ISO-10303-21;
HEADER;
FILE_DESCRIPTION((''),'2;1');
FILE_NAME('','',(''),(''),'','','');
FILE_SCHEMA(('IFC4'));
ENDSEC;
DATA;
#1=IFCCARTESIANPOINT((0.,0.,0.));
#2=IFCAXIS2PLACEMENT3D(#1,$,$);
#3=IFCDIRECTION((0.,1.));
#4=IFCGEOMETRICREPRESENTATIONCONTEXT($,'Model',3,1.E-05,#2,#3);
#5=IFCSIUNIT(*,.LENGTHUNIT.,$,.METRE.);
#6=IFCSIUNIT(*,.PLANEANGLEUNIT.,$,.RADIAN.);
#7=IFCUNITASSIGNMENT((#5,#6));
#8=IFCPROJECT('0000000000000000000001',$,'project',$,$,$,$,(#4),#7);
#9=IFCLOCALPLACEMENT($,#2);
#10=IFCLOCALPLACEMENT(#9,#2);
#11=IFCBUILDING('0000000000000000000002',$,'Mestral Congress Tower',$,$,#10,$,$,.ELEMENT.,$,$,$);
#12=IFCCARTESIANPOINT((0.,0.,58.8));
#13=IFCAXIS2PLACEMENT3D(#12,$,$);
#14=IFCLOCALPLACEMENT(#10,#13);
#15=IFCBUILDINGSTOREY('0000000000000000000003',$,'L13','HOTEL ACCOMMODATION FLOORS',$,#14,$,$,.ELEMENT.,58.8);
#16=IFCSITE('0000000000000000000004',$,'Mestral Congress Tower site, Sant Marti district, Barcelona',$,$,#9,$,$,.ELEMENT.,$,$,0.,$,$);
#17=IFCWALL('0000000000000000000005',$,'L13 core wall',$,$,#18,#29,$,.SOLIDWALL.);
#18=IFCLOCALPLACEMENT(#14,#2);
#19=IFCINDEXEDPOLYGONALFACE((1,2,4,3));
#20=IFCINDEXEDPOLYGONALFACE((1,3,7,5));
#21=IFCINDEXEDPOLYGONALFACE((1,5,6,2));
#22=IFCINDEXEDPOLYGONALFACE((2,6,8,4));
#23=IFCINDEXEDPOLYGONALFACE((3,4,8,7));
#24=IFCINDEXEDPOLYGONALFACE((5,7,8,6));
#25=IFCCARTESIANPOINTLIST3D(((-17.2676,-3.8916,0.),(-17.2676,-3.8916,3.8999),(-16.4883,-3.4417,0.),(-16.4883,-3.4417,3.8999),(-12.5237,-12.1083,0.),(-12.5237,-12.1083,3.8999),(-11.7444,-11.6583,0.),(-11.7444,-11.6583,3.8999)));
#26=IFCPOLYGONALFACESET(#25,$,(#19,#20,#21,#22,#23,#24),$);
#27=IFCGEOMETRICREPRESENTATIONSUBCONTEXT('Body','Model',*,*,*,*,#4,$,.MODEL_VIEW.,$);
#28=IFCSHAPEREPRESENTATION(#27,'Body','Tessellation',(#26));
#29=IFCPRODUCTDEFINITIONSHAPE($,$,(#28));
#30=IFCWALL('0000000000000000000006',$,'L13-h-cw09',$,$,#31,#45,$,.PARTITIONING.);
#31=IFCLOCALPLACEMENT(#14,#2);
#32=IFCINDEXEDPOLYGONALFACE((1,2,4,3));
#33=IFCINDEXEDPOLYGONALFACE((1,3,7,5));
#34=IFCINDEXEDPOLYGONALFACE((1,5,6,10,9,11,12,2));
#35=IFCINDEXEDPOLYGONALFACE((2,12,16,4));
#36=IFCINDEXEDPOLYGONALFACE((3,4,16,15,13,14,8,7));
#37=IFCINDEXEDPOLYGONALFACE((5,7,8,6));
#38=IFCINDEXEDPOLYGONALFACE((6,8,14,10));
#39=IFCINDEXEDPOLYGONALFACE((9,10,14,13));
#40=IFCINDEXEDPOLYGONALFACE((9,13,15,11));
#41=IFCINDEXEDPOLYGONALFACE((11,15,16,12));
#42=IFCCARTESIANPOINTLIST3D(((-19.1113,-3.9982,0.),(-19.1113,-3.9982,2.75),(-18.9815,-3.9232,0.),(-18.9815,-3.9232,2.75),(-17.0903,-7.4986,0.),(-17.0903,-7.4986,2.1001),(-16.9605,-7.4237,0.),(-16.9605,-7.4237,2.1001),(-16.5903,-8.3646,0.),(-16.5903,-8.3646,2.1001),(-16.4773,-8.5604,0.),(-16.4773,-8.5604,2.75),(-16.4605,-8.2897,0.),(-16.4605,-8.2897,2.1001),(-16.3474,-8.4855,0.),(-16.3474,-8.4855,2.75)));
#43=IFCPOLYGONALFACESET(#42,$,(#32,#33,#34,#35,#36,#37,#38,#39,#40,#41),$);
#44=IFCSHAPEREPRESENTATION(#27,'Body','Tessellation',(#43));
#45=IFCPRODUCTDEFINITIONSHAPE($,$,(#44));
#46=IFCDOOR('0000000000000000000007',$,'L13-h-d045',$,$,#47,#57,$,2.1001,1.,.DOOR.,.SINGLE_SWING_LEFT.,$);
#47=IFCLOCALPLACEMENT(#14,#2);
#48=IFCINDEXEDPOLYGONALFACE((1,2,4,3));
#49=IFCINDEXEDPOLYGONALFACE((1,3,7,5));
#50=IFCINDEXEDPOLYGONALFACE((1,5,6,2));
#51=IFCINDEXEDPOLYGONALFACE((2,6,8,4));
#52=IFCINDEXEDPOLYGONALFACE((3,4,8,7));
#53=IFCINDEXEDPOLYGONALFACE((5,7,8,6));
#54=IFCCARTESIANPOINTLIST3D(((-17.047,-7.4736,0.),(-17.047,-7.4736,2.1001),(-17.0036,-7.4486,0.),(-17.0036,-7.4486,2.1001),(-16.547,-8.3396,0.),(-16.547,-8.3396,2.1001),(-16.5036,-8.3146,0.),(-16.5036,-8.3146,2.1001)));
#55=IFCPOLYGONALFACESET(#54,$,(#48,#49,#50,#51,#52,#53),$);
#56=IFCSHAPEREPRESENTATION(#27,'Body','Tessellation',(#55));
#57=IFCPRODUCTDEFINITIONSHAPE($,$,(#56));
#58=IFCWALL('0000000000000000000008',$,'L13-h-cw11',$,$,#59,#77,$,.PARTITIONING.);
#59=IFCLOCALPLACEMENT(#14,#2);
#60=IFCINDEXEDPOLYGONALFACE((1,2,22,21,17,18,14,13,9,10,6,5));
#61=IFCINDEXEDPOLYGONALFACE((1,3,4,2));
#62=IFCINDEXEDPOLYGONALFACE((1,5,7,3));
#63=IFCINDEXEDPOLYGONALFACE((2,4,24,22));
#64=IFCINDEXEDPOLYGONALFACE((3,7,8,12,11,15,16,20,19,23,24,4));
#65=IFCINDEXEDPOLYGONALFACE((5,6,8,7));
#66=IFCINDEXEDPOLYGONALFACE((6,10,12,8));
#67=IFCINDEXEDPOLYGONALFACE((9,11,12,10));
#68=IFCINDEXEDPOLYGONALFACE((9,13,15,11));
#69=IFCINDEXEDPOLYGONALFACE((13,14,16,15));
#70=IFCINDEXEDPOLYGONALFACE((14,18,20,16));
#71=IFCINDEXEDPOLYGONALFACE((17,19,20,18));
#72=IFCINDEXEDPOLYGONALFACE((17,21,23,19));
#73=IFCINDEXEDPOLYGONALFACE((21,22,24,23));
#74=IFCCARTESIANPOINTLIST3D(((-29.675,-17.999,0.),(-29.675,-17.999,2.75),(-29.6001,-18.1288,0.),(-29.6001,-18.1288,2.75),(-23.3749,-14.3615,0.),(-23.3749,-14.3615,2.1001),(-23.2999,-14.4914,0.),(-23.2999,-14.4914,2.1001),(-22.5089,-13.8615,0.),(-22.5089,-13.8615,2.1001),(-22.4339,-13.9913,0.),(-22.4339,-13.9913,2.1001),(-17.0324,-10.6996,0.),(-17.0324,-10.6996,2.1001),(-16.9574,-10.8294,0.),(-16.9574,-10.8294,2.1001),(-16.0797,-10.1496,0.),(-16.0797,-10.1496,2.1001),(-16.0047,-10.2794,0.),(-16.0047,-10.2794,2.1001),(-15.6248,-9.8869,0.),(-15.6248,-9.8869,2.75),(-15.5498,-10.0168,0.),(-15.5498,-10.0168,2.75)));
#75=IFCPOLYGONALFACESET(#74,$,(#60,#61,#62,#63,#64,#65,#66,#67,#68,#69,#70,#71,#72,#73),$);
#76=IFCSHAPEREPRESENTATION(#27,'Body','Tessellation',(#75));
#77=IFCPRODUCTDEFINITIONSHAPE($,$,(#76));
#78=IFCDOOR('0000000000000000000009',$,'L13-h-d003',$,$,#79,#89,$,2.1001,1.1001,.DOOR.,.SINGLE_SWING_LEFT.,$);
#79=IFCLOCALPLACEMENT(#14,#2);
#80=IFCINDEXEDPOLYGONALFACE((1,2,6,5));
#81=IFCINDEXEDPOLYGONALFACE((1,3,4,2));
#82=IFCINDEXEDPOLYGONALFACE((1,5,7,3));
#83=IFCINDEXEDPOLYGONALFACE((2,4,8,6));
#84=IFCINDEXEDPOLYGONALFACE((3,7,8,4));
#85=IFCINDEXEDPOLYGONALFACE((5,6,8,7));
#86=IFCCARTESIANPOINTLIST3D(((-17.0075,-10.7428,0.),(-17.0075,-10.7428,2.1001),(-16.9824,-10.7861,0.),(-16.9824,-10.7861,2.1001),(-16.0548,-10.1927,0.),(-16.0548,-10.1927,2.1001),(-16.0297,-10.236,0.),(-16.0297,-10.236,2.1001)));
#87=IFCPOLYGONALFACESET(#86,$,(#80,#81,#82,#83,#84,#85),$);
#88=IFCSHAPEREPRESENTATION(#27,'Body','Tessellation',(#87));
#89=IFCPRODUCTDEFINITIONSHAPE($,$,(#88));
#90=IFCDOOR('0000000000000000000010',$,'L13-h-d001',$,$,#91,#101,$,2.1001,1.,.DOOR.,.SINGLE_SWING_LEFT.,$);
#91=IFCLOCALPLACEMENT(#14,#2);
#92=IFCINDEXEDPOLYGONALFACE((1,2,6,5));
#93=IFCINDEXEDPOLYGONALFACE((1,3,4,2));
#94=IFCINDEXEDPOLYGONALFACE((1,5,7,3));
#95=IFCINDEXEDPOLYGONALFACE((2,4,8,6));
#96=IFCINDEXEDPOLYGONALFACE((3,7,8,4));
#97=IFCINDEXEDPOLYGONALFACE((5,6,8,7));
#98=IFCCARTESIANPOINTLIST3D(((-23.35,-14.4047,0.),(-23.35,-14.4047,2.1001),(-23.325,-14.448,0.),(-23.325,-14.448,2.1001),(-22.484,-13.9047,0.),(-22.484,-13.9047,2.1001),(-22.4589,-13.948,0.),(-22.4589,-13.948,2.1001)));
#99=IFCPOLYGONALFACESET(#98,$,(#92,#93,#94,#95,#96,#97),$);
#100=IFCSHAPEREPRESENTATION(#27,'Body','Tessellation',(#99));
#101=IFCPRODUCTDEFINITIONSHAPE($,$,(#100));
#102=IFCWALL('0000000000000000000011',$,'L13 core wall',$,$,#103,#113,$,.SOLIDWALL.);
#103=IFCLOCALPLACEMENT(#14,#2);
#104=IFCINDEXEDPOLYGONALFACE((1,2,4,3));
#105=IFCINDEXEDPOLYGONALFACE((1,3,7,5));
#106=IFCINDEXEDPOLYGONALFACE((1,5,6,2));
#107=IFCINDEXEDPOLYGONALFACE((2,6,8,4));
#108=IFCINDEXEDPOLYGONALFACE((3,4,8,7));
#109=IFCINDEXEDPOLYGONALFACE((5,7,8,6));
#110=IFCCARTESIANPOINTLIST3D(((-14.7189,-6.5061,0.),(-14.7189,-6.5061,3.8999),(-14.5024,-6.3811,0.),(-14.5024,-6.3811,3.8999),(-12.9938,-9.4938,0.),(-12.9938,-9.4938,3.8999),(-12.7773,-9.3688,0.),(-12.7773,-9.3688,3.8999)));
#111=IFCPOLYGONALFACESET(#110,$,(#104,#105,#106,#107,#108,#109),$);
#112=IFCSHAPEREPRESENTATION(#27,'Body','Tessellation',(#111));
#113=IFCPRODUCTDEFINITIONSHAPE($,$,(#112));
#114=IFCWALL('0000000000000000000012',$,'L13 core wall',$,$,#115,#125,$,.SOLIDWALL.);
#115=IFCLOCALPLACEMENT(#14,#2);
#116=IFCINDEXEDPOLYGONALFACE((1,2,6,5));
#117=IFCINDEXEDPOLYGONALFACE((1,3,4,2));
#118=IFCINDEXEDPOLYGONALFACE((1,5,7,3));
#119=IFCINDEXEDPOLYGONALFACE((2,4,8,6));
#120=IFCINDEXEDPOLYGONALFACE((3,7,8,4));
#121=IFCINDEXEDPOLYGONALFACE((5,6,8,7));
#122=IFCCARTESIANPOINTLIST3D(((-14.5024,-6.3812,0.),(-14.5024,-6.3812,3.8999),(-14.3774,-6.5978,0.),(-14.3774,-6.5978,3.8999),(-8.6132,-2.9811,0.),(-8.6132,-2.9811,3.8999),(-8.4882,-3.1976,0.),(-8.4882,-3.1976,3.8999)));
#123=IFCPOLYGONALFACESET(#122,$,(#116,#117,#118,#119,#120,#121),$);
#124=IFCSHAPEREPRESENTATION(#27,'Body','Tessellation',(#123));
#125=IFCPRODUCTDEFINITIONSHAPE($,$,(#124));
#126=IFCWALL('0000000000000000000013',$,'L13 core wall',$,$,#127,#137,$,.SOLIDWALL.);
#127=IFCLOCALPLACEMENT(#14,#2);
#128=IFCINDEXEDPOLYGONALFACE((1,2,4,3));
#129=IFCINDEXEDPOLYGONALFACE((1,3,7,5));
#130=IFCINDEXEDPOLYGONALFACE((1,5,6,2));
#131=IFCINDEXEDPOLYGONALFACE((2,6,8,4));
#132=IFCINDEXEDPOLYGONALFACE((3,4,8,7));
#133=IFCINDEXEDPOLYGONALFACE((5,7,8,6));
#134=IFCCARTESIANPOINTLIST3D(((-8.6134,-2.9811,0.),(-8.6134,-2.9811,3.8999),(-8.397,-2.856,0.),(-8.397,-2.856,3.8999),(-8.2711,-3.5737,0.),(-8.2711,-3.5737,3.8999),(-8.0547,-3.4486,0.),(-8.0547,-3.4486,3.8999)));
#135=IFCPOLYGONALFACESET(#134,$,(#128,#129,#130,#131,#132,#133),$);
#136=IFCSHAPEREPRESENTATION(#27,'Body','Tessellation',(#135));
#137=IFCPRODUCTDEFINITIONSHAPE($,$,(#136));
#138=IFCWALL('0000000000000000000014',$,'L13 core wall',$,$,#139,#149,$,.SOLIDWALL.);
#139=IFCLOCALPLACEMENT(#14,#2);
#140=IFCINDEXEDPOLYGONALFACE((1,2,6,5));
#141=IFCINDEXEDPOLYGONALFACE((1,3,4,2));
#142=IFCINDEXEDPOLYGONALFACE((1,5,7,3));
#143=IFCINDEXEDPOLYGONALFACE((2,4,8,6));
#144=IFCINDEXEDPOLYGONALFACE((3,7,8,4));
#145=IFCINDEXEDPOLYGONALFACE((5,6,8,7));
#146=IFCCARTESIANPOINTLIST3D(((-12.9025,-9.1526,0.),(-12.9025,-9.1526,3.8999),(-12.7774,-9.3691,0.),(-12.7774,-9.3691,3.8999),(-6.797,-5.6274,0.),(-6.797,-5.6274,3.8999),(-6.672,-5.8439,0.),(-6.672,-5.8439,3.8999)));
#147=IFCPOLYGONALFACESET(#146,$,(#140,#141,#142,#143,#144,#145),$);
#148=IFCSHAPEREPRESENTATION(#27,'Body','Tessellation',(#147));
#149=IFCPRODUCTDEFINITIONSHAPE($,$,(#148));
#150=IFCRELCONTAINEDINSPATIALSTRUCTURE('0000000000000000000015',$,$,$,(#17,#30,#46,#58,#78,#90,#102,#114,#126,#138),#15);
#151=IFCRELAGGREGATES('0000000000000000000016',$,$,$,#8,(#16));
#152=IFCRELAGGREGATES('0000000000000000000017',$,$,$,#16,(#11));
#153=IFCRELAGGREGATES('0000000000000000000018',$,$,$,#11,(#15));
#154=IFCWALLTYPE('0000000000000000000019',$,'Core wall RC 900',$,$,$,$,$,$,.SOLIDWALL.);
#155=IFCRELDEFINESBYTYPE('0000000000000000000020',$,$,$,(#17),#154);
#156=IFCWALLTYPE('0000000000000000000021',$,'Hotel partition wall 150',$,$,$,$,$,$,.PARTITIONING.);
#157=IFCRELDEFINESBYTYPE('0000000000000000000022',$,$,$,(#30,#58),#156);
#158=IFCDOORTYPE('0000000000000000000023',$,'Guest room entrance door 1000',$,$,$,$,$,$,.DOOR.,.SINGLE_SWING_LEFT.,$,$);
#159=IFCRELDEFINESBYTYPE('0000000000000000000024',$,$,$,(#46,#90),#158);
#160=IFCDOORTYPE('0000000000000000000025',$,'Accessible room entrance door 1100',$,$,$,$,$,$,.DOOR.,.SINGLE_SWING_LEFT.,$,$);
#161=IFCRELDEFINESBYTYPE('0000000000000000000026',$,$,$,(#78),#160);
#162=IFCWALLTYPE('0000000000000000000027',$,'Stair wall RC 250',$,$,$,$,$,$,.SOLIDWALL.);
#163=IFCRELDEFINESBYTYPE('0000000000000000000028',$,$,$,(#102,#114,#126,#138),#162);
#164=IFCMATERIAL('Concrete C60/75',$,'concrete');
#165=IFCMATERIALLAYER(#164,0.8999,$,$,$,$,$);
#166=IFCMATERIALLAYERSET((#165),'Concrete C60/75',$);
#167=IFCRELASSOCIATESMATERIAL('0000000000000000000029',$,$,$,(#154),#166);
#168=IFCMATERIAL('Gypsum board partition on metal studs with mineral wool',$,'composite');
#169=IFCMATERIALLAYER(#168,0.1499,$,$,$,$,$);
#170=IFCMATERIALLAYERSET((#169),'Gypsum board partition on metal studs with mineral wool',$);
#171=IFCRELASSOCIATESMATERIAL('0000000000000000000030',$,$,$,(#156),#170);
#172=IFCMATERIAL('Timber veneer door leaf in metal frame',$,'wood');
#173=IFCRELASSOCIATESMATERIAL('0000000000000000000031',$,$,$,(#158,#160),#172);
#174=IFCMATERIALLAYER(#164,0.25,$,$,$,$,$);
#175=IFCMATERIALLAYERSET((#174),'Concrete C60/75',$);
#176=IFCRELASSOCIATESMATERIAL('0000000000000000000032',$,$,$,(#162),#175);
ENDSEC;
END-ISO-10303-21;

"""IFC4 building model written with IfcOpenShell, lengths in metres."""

from ifc_helpers import new_model, si_unit, direction, frame, frame_2d, origin, place, context, subcontext, project, spatial, rectangle, extrude, material, layer, layer_set, type_object, element, fill, save


model = new_model("IFC4")

# Units and contexts
model_context = context("Model", 3, precision=1e-05, world=origin(), true_north=direction((0.0, 1.0)))
body_context = subcontext(model_context, "Body", "Model", "MODEL_VIEW")
ifc_project = project(units=[si_unit("LENGTHUNIT", "METRE"), si_unit("PLANEANGLEUNIT", "RADIAN")], contexts=[model_context])

# Site, building, storey
site_placement = place(None, origin())
site = spatial("IfcSite", under=ifc_project, at=site_placement, Name="Mestral Congress Tower site, Sant Marti district, Barcelona", CompositionType="ELEMENT", RefElevation=0.0)
building_placement = place(site_placement, origin())
building = spatial("IfcBuilding", under=site, at=building_placement, Name="Mestral Congress Tower", CompositionType="ELEMENT")
storey_placement = place(building_placement, frame((0.0, 0.0, 58.8)))
storey = spatial("IfcBuildingStorey", under=building, at=storey_placement, Name="L13", Description="HOTEL ACCOMMODATION FLOORS", CompositionType="ELEMENT", Elevation=58.8)

# Wall
ifc_material_1 = material(Name="Concrete C60/75", Category="concrete")
ifc_layer_1 = layer(ifc_material_1, 0.8999)
ifc_layer_set_1 = layer_set([ifc_layer_1], Name="Concrete C60/75")
wall_type_1 = type_object("IfcWallType", Name="Core wall RC 900", PredefinedType="SOLIDWALL", material=ifc_layer_set_1)
wall_1_placement = place(storey_placement, frame((-12.134, -11.8833, 0.0), z_axis=(0.0, 0.0, 1.0), x_axis=(-0.500005, 0.866022, 0.0)))
element("IfcWall", 1, at=wall_1_placement, inside=storey, type_object=wall_type_1, Name="L13 core wall", PredefinedType="SOLIDWALL", context=body_context, shape_type="SweptSolid", body=[
    extrude(rectangle(XDim=9.4878, YDim=0.8999, at=frame_2d((4.7439, 0.0))), origin(), (0.0, 0.0, 1.0), 3.8999),
])

# Wall, opening, door
ifc_material_2 = material(Name="Gypsum board partition on metal studs with mineral wool", Category="composite")
ifc_layer_2 = layer(ifc_material_2, 0.1499)
ifc_layer_set_2 = layer_set([ifc_layer_2], Name="Gypsum board partition on metal studs with mineral wool")
wall_type_2 = type_object("IfcWallType", Name="Hotel partition wall 150", PredefinedType="PARTITIONING", material=ifc_layer_set_2)
wall_2_placement = place(storey_placement, frame((-16.4124, -8.5229, 0.0), z_axis=(0.0, 0.0, 1.0), x_axis=(-0.500002, 0.866024, 0.0)))
wall_2 = element("IfcWall", 2, at=wall_2_placement, inside=storey, type_object=wall_type_2, Name="L13-h-cw09", PredefinedType="PARTITIONING", context=body_context, shape_type="SweptSolid", body=[
    extrude(rectangle(XDim=5.2681, YDim=0.1499, at=frame_2d((2.634, 0.0))), origin(), (0.0, 0.0, 1.0), 2.75),
])
opening_1_placement = place(wall_2_placement, frame((0.2261, 0.0, 0.0)))
opening_1 = element("IfcOpeningElement", 3, at=opening_1_placement, cuts=wall_2, PredefinedType="OPENING", context=body_context, shape_type="SweptSolid", body=[
    extrude(rectangle(XDim=1.0, YDim=2.1001, at=frame_2d((0.5, 1.05))), frame((0.0, 0.085, 0.0), z_axis=(0.0, -1.0, 0.0), x_axis=(1.0, 0.0, 0.0)), (0.0, 0.0, 1.0), 0.1699),
])
ifc_material_3 = material(Name="Timber veneer door leaf in metal frame", Category="wood")
door_type_1 = type_object("IfcDoorType", Name="Guest room entrance door 1000", OperationType="SINGLE_SWING_LEFT", PredefinedType="DOOR", material=ifc_material_3)
door_1_placement = place(opening_1_placement, origin())
door_1 = element("IfcDoor", 4, at=door_1_placement, inside=storey, type_object=door_type_1, Name="L13-h-d045", OperationType="SINGLE_SWING_LEFT", OverallHeight=2.1001, OverallWidth=1.0, PredefinedType="DOOR", context=body_context, shape_type="SweptSolid", body=[
    extrude(rectangle(XDim=1.0, YDim=2.1001, at=frame_2d((0.5, 1.05))), frame((0.0, 0.0249, 0.0), z_axis=(0.0, -1.0, 0.0), x_axis=(1.0, 0.0, 0.0)), (0.0, 0.0, 1.0), 0.05),
])
fill(opening_1, door_1)

# Wall, openings, doors
wall_3_placement = place(storey_placement, frame((-15.5874, -9.9519, 0.0), z_axis=(0.0, 0.0, 1.0), x_axis=(-0.866022, -0.500006, 0.0)))
wall_3 = element("IfcWall", 5, at=wall_3_placement, inside=storey, type_object=wall_type_2, Name="L13-h-cw11", PredefinedType="PARTITIONING", context=body_context, shape_type="SweptSolid", body=[
    extrude(rectangle(XDim=16.2239, YDim=0.1499, at=frame_2d((8.1118, 0.0))), origin(), (0.0, 0.0, 1.0), 2.75),
])
opening_2_placement = place(wall_3_placement, frame((7.949, 0.0, 0.0)))
opening_2 = element("IfcOpeningElement", 6, at=opening_2_placement, cuts=wall_3, PredefinedType="OPENING", context=body_context, shape_type="SweptSolid", body=[
    extrude(rectangle(XDim=1.0, YDim=2.1001, at=frame_2d((0.5, 1.05))), frame((0.0, 0.085, 0.0), z_axis=(0.0, -1.0, 0.0), x_axis=(1.0, 0.0, 0.0)), (0.0, 0.0, 1.0), 0.1699),
])
opening_3_placement = place(wall_3_placement, frame((0.5251, 0.0, 0.0)))
opening_3 = element("IfcOpeningElement", 7, at=opening_3_placement, cuts=wall_3, PredefinedType="OPENING", context=body_context, shape_type="SweptSolid", body=[
    extrude(rectangle(XDim=1.1001, YDim=2.1001, at=frame_2d((0.55, 1.05))), frame((0.0, 0.085, 0.0), z_axis=(0.0, -1.0, 0.0), x_axis=(1.0, 0.0, 0.0)), (0.0, 0.0, 1.0), 0.1699),
])
door_type_2 = type_object("IfcDoorType", Name="Accessible room entrance door 1100", OperationType="SINGLE_SWING_LEFT", PredefinedType="DOOR", material=ifc_material_3)
door_2_placement = place(opening_3_placement, origin())
door_2 = element("IfcDoor", 8, at=door_2_placement, inside=storey, type_object=door_type_2, Name="L13-h-d003", OperationType="SINGLE_SWING_LEFT", OverallHeight=2.1001, OverallWidth=1.1001, PredefinedType="DOOR", context=body_context, shape_type="SweptSolid", body=[
    extrude(rectangle(XDim=1.1001, YDim=2.1001, at=frame_2d((0.55, 1.05))), frame((0.0, 0.0249, 0.0), z_axis=(0.0, -1.0, 0.0), x_axis=(1.0, 0.0, 0.0)), (0.0, 0.0, 1.0), 0.05),
])
fill(opening_3, door_2)
door_3_placement = place(opening_2_placement, origin())
door_3 = element("IfcDoor", 9, at=door_3_placement, inside=storey, type_object=door_type_1, Name="L13-h-d001", OperationType="SINGLE_SWING_LEFT", OverallHeight=2.1001, OverallWidth=1.0, PredefinedType="DOOR", context=body_context, shape_type="SweptSolid", body=[
    extrude(rectangle(XDim=1.0, YDim=2.1001, at=frame_2d((0.5, 1.05))), frame((0.0, 0.0249, 0.0), z_axis=(0.0, -1.0, 0.0), x_axis=(1.0, 0.0, 0.0)), (0.0, 0.0, 1.0), 0.05),
])
fill(opening_2, door_3)

# Walls
ifc_layer_3 = layer(ifc_material_1, 0.25)
ifc_layer_set_3 = layer_set([ifc_layer_3], Name="Concrete C60/75")
wall_type_3 = type_object("IfcWallType", Name="Stair wall RC 250", PredefinedType="SOLIDWALL", material=ifc_layer_set_3)
wall_4_placement = place(storey_placement, frame((-12.8855, -9.4314, 0.0), z_axis=(0.0, 0.0, 1.0), x_axis=(-0.500021, 0.866014, 0.0)))
element("IfcWall", 10, at=wall_4_placement, inside=storey, type_object=wall_type_3, Name="L13 core wall", PredefinedType="SOLIDWALL", context=body_context, shape_type="SweptSolid", body=[
    extrude(rectangle(XDim=3.45, YDim=0.25, at=frame_2d((1.7251, 0.0))), origin(), (0.0, 0.0, 1.0), 3.8999),
])
wall_5_placement = place(storey_placement, frame((-14.4399, -6.4895, 0.0), z_axis=(0.0, 0.0, 1.0), x_axis=(0.866023, 0.500004, 0.0)))
element("IfcWall", 11, at=wall_5_placement, inside=storey, type_object=wall_type_3, Name="L13 core wall", PredefinedType="SOLIDWALL", context=body_context, shape_type="SweptSolid", body=[
    extrude(rectangle(XDim=6.8003, YDim=0.25, at=frame_2d((3.4001, 0.0))), origin(), (0.0, 0.0, 1.0), 3.8999),
])
wall_6_placement = place(storey_placement, frame((-8.1628, -3.5112, 0.0), z_axis=(0.0, 0.0, 1.0), x_axis=(-0.500206, 0.865906, 0.0)))
element("IfcWall", 12, at=wall_6_placement, inside=storey, type_object=wall_type_3, Name="L13 core wall", PredefinedType="SOLIDWALL", context=body_context, shape_type="SweptSolid", body=[
    extrude(rectangle(XDim=0.6843, YDim=0.25, at=frame_2d((0.3423, 0.0))), origin(), (0.0, 0.0, 1.0), 3.8999),
])
wall_7_placement = place(storey_placement, frame((-12.8398, -9.2607, 0.0), z_axis=(0.0, 0.0, 1.0), x_axis=(0.866016, 0.500016, 0.0)))
element("IfcWall", 13, at=wall_7_placement, inside=storey, type_object=wall_type_3, Name="L13 core wall", PredefinedType="SOLIDWALL", context=body_context, shape_type="SweptSolid", body=[
    extrude(rectangle(XDim=7.05, YDim=0.25, at=frame_2d((3.5249, 0.0))), origin(), (0.0, 0.0, 1.0), 3.8999),
])

save(model, "model.ifc")
